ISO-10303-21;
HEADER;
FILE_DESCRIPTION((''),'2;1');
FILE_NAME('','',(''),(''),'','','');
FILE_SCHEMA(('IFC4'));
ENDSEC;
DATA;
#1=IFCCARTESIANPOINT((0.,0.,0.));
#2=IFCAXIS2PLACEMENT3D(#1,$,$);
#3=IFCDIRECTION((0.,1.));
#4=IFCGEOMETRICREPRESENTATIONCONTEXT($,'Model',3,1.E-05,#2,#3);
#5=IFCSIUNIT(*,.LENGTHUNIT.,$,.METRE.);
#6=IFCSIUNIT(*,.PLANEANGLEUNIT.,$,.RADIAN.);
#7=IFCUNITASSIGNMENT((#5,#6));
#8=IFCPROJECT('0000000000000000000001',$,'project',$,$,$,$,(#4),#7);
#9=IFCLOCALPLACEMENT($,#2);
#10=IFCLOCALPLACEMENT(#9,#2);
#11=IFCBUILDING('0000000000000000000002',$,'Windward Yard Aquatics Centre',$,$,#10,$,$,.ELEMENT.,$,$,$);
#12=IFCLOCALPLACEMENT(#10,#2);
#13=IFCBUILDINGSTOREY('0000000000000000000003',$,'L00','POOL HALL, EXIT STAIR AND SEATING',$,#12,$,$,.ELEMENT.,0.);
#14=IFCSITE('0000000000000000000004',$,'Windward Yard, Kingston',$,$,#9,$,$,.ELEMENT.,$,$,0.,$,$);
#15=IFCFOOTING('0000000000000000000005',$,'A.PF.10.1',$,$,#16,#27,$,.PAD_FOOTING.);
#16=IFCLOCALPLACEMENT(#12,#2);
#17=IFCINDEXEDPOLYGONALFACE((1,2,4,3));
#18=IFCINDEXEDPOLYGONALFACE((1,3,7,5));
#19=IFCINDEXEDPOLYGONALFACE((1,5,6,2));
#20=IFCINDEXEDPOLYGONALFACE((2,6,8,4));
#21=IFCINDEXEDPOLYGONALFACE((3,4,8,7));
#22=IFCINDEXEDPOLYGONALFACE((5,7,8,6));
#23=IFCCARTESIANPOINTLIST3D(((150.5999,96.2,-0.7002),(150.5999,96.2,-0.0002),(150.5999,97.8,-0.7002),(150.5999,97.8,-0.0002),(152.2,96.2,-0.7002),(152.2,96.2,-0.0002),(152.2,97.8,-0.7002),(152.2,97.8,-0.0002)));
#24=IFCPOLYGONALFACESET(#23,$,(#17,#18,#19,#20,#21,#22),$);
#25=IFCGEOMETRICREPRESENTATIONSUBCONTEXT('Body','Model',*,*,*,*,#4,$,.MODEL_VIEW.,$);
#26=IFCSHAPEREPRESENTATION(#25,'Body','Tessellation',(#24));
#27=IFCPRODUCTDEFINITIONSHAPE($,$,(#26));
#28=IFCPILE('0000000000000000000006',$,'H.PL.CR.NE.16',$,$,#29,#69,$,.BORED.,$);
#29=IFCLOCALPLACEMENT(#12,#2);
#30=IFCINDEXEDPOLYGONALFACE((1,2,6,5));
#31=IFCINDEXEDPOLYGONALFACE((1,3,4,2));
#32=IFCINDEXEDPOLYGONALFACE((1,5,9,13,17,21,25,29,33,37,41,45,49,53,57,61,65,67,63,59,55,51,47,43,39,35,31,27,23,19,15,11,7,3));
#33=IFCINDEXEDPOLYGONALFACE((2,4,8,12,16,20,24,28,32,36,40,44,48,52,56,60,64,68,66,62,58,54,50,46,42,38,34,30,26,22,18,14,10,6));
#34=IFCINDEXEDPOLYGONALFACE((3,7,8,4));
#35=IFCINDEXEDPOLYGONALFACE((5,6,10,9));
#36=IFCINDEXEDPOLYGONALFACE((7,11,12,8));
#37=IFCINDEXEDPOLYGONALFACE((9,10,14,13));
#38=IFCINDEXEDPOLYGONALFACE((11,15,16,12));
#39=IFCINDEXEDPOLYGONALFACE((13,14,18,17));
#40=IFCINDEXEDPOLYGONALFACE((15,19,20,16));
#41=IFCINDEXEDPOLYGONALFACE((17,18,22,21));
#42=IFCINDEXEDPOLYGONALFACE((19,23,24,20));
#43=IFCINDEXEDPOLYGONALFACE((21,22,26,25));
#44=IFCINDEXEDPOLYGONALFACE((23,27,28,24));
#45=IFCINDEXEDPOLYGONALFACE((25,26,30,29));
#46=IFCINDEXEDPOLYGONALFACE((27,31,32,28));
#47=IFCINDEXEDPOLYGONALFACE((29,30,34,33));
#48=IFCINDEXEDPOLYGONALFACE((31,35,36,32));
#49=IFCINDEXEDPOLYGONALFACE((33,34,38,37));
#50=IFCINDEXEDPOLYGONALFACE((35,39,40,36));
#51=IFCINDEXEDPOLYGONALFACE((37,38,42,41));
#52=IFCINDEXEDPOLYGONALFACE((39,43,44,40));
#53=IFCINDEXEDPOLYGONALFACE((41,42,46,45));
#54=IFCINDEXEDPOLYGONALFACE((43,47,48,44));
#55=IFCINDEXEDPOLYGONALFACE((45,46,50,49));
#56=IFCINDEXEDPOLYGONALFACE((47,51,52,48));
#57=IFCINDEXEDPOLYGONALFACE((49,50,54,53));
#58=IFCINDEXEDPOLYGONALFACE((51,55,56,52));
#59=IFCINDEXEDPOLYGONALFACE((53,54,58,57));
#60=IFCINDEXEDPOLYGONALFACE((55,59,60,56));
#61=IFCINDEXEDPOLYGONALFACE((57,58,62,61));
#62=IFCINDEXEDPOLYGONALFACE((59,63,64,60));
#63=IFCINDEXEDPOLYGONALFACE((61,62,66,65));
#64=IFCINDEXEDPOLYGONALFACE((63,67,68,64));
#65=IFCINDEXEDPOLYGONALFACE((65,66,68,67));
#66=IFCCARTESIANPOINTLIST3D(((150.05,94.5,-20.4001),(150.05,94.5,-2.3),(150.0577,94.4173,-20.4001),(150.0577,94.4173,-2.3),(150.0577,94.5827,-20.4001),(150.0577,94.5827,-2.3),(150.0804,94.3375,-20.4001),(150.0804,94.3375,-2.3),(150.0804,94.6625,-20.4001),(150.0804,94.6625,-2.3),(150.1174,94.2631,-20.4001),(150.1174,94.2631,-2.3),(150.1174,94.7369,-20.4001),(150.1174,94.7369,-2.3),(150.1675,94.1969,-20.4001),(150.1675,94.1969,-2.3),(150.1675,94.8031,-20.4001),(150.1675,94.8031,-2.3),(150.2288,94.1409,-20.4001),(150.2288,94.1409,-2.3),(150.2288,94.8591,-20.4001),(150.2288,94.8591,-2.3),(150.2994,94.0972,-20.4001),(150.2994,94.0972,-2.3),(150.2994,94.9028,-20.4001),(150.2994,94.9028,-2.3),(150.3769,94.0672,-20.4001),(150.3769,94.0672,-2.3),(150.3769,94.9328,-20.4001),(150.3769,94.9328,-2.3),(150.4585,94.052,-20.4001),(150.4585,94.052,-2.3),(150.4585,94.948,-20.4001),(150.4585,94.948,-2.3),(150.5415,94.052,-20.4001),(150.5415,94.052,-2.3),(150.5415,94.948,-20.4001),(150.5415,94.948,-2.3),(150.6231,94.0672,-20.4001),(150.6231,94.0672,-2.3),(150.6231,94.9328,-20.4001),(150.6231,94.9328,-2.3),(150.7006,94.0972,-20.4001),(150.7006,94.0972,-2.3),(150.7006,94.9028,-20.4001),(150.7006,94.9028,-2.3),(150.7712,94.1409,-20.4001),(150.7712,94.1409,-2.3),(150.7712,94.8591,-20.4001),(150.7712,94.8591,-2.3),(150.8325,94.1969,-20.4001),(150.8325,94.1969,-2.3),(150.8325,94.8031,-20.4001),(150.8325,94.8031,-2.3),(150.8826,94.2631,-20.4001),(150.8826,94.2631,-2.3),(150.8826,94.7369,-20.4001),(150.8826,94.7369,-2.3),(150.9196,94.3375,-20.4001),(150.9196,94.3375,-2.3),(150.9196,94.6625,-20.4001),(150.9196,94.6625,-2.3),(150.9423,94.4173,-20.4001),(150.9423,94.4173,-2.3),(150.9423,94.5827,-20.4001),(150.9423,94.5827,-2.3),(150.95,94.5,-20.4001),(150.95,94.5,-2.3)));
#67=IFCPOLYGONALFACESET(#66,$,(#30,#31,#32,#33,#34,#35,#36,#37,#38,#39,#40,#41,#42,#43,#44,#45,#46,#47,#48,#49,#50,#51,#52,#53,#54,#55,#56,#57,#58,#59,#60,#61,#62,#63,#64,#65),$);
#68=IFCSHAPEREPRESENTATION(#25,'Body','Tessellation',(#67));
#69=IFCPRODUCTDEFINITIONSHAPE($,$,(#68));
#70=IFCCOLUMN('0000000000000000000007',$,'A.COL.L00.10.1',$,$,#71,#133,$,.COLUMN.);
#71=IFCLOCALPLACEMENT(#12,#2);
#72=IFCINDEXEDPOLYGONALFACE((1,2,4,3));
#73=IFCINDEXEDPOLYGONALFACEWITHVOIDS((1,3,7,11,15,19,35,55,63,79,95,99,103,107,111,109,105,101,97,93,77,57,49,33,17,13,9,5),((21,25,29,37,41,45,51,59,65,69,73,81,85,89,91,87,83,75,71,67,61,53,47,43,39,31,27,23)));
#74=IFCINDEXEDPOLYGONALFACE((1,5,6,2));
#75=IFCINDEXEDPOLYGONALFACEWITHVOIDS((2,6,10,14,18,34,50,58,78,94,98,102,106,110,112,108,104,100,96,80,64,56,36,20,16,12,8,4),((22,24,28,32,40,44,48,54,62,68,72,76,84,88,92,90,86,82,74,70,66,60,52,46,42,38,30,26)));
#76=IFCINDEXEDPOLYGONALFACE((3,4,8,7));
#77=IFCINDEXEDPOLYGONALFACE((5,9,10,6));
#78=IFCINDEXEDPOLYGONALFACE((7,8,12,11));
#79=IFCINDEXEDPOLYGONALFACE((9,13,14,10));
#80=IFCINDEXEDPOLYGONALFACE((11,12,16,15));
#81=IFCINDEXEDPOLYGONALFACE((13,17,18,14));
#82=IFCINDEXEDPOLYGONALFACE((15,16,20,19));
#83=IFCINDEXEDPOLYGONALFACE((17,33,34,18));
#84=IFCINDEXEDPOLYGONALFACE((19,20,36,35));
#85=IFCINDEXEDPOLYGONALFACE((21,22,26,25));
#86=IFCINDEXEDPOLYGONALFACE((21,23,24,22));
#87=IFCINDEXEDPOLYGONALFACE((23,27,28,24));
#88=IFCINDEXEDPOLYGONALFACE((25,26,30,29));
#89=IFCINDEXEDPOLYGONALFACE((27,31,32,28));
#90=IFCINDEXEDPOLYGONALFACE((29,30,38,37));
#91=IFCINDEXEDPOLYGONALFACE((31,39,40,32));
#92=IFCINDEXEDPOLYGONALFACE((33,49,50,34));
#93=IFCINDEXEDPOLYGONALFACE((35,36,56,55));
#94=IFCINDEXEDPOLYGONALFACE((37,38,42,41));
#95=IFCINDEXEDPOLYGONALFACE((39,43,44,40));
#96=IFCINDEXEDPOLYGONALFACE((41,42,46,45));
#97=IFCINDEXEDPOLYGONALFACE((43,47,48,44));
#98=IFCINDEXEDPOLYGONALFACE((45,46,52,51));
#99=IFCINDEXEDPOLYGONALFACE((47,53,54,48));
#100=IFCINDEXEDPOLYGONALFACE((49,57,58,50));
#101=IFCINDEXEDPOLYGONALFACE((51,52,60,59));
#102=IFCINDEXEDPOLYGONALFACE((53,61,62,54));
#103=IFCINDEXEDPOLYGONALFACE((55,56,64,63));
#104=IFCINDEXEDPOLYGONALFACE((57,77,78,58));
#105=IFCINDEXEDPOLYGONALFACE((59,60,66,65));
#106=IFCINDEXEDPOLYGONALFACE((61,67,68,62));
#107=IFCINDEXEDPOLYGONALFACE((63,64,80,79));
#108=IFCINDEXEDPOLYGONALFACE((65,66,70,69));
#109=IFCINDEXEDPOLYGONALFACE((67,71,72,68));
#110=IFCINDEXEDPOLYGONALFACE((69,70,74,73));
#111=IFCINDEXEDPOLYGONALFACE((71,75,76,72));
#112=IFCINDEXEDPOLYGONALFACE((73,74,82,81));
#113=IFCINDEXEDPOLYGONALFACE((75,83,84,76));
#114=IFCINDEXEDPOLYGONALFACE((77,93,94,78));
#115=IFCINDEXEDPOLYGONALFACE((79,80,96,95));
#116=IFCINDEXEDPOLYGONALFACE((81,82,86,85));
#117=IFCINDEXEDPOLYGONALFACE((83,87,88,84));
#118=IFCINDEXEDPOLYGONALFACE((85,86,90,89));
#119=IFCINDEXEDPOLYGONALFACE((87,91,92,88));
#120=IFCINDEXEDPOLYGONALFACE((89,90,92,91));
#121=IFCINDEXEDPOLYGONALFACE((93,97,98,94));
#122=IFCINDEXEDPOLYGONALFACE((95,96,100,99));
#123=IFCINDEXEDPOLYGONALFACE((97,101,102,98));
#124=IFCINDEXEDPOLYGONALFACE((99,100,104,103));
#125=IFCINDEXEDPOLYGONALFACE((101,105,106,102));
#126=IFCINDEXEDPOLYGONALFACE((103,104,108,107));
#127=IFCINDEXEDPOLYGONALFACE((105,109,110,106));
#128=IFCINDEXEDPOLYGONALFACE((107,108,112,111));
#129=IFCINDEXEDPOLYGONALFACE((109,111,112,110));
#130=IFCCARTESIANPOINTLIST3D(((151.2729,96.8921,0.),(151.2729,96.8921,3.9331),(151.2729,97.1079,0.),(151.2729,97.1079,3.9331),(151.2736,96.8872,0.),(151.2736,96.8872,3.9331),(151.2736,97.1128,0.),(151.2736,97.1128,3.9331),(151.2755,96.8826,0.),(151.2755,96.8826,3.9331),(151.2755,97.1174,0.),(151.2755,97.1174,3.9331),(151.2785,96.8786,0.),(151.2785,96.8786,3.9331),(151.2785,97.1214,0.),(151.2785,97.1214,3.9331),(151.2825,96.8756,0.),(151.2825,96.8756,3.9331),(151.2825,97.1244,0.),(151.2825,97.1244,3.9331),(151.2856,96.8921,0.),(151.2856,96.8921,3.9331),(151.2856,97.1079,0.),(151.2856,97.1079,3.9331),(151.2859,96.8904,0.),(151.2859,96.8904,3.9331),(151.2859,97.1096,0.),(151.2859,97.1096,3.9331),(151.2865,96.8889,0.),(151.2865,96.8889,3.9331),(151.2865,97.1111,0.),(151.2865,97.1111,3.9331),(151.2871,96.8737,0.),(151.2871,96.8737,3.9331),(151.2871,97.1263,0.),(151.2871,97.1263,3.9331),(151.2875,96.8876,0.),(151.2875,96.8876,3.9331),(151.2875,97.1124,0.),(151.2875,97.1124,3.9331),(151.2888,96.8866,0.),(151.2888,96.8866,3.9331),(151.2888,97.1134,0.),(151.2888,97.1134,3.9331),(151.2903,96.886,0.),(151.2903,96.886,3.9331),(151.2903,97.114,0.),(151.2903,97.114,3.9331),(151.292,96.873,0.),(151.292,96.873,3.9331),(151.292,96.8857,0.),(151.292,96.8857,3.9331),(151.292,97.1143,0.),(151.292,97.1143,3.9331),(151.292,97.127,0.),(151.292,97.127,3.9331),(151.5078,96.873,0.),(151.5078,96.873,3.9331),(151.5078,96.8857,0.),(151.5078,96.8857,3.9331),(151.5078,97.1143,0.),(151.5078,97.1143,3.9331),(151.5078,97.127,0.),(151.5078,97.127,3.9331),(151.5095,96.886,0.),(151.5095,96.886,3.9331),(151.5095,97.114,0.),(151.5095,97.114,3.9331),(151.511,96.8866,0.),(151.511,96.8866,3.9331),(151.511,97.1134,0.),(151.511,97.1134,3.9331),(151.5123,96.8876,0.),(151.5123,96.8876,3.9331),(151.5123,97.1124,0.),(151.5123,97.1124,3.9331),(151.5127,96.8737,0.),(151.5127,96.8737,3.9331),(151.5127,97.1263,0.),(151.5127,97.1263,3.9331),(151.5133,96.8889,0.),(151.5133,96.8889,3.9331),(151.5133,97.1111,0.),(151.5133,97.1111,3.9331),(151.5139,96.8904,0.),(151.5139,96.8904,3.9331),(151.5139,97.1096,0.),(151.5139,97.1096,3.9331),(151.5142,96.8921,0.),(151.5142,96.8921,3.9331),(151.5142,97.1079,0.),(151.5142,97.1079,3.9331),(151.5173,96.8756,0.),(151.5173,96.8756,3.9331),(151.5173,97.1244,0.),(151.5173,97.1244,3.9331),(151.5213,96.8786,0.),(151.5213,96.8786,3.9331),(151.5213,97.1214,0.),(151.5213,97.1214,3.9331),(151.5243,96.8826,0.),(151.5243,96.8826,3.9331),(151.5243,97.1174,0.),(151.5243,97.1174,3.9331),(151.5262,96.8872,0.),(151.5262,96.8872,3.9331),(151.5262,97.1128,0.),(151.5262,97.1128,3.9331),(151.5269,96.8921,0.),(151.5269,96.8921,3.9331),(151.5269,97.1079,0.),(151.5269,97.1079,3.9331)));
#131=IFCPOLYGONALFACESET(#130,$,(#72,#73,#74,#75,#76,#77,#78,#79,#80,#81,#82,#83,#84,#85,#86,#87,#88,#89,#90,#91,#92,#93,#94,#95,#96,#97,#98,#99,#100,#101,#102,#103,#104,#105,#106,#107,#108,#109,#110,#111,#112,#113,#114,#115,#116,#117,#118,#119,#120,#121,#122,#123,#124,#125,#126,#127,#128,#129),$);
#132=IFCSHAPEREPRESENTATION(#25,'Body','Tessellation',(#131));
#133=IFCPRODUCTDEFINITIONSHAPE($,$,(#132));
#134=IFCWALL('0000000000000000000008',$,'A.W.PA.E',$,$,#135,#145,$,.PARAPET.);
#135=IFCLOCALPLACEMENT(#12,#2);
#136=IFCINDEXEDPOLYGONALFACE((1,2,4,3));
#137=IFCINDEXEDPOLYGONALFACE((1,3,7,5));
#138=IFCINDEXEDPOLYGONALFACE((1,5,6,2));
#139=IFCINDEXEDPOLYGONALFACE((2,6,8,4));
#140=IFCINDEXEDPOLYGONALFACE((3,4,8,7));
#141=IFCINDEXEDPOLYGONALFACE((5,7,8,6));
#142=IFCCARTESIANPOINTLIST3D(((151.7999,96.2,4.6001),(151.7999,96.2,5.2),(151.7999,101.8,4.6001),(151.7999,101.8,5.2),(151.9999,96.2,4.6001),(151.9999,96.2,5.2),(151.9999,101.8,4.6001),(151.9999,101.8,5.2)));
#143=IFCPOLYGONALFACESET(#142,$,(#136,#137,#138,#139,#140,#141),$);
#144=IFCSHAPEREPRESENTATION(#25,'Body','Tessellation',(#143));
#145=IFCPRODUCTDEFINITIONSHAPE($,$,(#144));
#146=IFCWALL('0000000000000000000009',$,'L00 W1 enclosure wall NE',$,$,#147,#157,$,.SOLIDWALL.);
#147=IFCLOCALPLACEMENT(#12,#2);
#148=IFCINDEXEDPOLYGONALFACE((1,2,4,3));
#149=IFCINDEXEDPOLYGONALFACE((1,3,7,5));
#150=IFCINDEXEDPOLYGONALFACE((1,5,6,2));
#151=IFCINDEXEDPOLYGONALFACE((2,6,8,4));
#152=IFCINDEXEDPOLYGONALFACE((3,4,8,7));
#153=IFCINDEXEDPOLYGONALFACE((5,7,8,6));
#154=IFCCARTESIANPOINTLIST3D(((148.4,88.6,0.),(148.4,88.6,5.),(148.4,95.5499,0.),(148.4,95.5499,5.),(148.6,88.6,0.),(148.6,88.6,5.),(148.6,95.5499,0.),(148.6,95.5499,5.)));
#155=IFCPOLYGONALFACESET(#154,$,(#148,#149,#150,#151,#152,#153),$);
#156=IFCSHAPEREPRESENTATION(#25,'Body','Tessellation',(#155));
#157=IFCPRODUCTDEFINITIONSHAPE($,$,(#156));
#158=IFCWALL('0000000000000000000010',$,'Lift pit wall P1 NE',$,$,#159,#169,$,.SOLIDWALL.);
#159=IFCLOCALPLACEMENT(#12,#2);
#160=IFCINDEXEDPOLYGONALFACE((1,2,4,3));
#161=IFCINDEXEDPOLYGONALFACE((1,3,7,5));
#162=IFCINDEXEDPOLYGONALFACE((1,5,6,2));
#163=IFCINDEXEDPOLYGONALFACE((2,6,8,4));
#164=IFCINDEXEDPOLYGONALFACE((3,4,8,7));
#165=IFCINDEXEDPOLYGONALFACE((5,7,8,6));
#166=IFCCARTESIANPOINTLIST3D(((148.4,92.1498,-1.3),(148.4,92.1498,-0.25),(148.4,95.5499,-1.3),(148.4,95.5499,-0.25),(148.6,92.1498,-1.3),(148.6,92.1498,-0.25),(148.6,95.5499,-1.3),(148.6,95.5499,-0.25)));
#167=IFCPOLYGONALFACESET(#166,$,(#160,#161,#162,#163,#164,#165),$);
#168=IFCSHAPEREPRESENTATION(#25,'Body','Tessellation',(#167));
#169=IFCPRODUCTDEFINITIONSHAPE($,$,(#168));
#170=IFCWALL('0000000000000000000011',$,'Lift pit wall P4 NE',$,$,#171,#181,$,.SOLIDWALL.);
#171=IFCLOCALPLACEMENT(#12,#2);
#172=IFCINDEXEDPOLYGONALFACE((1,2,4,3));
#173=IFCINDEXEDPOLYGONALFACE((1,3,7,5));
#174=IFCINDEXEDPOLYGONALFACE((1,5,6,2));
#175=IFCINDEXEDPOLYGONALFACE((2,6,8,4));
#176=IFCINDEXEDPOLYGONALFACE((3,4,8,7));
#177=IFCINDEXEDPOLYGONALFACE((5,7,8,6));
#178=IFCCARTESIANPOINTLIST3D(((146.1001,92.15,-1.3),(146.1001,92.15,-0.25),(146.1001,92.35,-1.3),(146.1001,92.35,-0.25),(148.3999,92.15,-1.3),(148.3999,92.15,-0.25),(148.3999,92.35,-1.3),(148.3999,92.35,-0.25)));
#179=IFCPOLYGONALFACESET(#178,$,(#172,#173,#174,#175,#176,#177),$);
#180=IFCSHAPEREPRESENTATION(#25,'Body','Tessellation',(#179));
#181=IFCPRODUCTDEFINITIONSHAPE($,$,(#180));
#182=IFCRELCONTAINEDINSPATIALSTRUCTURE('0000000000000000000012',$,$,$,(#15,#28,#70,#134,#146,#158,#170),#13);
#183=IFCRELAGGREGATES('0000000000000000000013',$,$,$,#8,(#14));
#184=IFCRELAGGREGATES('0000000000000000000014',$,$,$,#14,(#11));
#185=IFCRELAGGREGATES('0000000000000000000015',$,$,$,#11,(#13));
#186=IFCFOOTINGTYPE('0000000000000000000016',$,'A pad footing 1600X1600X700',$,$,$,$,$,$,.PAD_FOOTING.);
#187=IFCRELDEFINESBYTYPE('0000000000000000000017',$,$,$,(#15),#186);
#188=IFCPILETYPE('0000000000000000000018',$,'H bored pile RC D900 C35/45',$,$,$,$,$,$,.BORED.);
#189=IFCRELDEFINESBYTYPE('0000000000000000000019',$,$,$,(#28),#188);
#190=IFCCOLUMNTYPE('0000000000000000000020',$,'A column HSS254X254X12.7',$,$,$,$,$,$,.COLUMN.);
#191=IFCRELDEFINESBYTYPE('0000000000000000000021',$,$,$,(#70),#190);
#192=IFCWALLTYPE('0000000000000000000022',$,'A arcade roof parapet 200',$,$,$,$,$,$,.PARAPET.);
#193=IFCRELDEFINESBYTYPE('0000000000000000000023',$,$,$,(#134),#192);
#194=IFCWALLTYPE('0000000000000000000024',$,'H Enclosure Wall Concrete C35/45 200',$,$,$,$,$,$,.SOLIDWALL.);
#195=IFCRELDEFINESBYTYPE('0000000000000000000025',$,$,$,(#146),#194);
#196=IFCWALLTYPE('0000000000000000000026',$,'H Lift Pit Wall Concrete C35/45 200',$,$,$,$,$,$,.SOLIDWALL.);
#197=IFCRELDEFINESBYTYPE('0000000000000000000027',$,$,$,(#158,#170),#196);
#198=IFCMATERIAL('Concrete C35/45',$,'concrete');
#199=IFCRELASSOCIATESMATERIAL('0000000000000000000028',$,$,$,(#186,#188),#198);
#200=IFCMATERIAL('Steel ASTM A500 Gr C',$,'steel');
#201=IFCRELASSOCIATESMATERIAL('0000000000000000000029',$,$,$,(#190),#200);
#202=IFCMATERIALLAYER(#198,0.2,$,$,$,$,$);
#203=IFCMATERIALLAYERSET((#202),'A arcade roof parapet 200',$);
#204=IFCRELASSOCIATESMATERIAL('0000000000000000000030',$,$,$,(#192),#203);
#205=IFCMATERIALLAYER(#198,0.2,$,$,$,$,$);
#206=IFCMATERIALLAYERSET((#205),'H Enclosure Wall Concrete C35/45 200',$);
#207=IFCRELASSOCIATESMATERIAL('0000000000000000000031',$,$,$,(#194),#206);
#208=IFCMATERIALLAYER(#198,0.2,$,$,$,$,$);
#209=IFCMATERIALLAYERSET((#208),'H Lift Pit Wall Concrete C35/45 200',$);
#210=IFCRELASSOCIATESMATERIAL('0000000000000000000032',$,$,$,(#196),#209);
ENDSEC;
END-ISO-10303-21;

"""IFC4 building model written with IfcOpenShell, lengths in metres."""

from ifc_helpers import new_model, si_unit, direction, frame, frame_2d, origin, origin_2d, place, context, subcontext, project, spatial, rectangle, hollow_rectangle, circle, extrude, material, layer, layer_set, material_profile, profile_set, type_object, element, save


model = new_model("IFC4")

# Units and contexts
model_context = context("Model", 3, precision=1e-05, world=origin(), true_north=direction((0.0, 1.0)))
body_context = subcontext(model_context, "Body", "Model", "MODEL_VIEW")
ifc_project = project(units=[si_unit("LENGTHUNIT", "METRE"), si_unit("PLANEANGLEUNIT", "RADIAN")], contexts=[model_context])

# Site, building, storey
site_placement = place(None, origin())
site = spatial("IfcSite", under=ifc_project, at=site_placement, Name="Windward Yard, Kingston", CompositionType="ELEMENT", RefElevation=0.0)
building_placement = place(site_placement, origin())
building = spatial("IfcBuilding", under=site, at=building_placement, Name="Windward Yard Aquatics Centre", CompositionType="ELEMENT")
storey_placement = place(building_placement, origin())
storey = spatial("IfcBuildingStorey", under=building, at=storey_placement, Name="L00", Description="POOL HALL, EXIT STAIR AND SEATING", CompositionType="ELEMENT", Elevation=0.0)

# Footing
ifc_material_1 = material(Name="Concrete C35/45", Category="concrete")
footing_type = type_object("IfcFootingType", Name="A pad footing 1600X1600X700", PredefinedType="PAD_FOOTING", material=ifc_material_1)
footing_placement = place(storey_placement, frame((151.3999, 97.0, -0.7002), z_axis=(0.0, 0.0, 1.0), x_axis=(1.0, 0.0, 0.0)))
element("IfcFooting", 1, at=footing_placement, inside=storey, type_object=footing_type, Name="A.PF.10.1", PredefinedType="PAD_FOOTING", context=body_context, shape_type="SweptSolid", body=[
    extrude(rectangle(XDim=1.6001, YDim=1.6001, at=origin_2d()), origin(), (0.0, 0.0, 1.0), 0.7),
])

# Pile
ifc_material_profile_1 = material_profile(ifc_material_1, circle(Radius=0.45, at=origin_2d()), Name="RC D900")
ifc_profile_set_1 = profile_set([ifc_material_profile_1], Name="Concrete C35/45")
pile_type = type_object("IfcPileType", Name="H bored pile RC D900 C35/45", PredefinedType="BORED", material=ifc_profile_set_1)
pile_placement = place(storey_placement, frame((150.5, 94.5, -2.3), z_axis=(0.0, 0.0, -1.0), x_axis=(1.0, 0.0, 0.0)))
element("IfcPile", 2, at=pile_placement, inside=storey, type_object=pile_type, Name="H.PL.CR.NE.16", PredefinedType="BORED", context=body_context, shape_type="SweptSolid", body=[
    extrude(circle(Radius=0.45, at=origin_2d()), origin(), (0.0, 0.0, 1.0), 18.1001),
])

# Column
ifc_material_2 = material(Name="Steel ASTM A500 Gr C", Category="steel")
ifc_material_profile_2 = material_profile(ifc_material_2, hollow_rectangle(XDim=0.2539, YDim=0.2539, WallThickness=0.0127, InnerFilletRadius=0.0063, OuterFilletRadius=0.019, at=origin_2d()), Name="HSS254X254X12.7")
ifc_profile_set_2 = profile_set([ifc_material_profile_2], Name="Steel ASTM A500 Gr C")
column_type = type_object("IfcColumnType", Name="A column HSS254X254X12.7", PredefinedType="COLUMN", material=ifc_profile_set_2)
column_placement = place(storey_placement, frame((151.3999, 97.0, 0.0), z_axis=(0.0, 0.0, 1.0), x_axis=(1.0, 0.0, 0.0)))
element("IfcColumn", 3, at=column_placement, inside=storey, type_object=column_type, Name="A.COL.L00.10.1", PredefinedType="COLUMN", context=body_context, shape_type="SweptSolid", body=[
    extrude(hollow_rectangle(XDim=0.2539, YDim=0.2539, WallThickness=0.0127, InnerFilletRadius=0.0063, OuterFilletRadius=0.019, at=origin_2d()), origin(), (0.0, 0.0, 1.0), 3.9331),
])

# Walls
ifc_layer_1 = layer(ifc_material_1, 0.2)
ifc_layer_set_1 = layer_set([ifc_layer_1], Name="A arcade roof parapet 200")
wall_type_1 = type_object("IfcWallType", Name="A arcade roof parapet 200", PredefinedType="PARAPET", material=ifc_layer_set_1)
wall_1_placement = place(storey_placement, frame((151.8999, 96.2, 4.6001), z_axis=(0.0, 0.0, 1.0), x_axis=(0.0, 1.0, 0.0)))
element("IfcWall", 4, at=wall_1_placement, inside=storey, type_object=wall_type_1, Name="A.W.PA.E", PredefinedType="PARAPET", context=body_context, shape_type="SweptSolid", body=[
    extrude(rectangle(XDim=5.6001, YDim=0.2, at=frame_2d((2.8, 0.0))), origin(), (0.0, 0.0, 1.0), 0.5999),
])
ifc_layer_2 = layer(ifc_material_1, 0.2)
ifc_layer_set_2 = layer_set([ifc_layer_2], Name="H Enclosure Wall Concrete C35/45 200")
wall_type_2 = type_object("IfcWallType", Name="H Enclosure Wall Concrete C35/45 200", PredefinedType="SOLIDWALL", material=ifc_layer_set_2)
wall_2_placement = place(storey_placement, frame((148.5, 95.55, 0.0), z_axis=(0.0, 0.0, 1.0), x_axis=(0.0, -1.0, 0.0)))
element("IfcWall", 5, at=wall_2_placement, inside=storey, type_object=wall_type_2, Name="L00 W1 enclosure wall NE", PredefinedType="SOLIDWALL", context=body_context, shape_type="SweptSolid", body=[
    extrude(rectangle(XDim=6.95, YDim=0.2, at=frame_2d((3.4751, 0.0))), origin(), (0.0, 0.0, 1.0), 5.0),
])
ifc_layer_3 = layer(ifc_material_1, 0.2)
ifc_layer_set_3 = layer_set([ifc_layer_3], Name="H Lift Pit Wall Concrete C35/45 200")
wall_type_3 = type_object("IfcWallType", Name="H Lift Pit Wall Concrete C35/45 200", PredefinedType="SOLIDWALL", material=ifc_layer_set_3)
wall_3_placement = place(storey_placement, frame((148.5, 95.55, -1.3), z_axis=(0.0, 0.0, 1.0), x_axis=(0.0, -1.0, 0.0)))
element("IfcWall", 6, at=wall_3_placement, inside=storey, type_object=wall_type_3, Name="Lift pit wall P1 NE", PredefinedType="SOLIDWALL", context=body_context, shape_type="SweptSolid", body=[
    extrude(rectangle(XDim=3.4001, YDim=0.2, at=frame_2d((1.7002, 0.0))), origin(), (0.0, 0.0, 1.0), 1.05),
])
wall_4_placement = place(storey_placement, frame((148.3999, 92.25, -1.3), z_axis=(0.0, 0.0, 1.0), x_axis=(-1.0, 0.0, 0.0)))
element("IfcWall", 7, at=wall_4_placement, inside=storey, type_object=wall_type_3, Name="Lift pit wall P4 NE", PredefinedType="SOLIDWALL", context=body_context, shape_type="SweptSolid", body=[
    extrude(rectangle(XDim=2.2998, YDim=0.2, at=frame_2d((1.1499, 0.0))), origin(), (0.0, 0.0, 1.0), 1.05),
])

save(model, "model.ifc")
